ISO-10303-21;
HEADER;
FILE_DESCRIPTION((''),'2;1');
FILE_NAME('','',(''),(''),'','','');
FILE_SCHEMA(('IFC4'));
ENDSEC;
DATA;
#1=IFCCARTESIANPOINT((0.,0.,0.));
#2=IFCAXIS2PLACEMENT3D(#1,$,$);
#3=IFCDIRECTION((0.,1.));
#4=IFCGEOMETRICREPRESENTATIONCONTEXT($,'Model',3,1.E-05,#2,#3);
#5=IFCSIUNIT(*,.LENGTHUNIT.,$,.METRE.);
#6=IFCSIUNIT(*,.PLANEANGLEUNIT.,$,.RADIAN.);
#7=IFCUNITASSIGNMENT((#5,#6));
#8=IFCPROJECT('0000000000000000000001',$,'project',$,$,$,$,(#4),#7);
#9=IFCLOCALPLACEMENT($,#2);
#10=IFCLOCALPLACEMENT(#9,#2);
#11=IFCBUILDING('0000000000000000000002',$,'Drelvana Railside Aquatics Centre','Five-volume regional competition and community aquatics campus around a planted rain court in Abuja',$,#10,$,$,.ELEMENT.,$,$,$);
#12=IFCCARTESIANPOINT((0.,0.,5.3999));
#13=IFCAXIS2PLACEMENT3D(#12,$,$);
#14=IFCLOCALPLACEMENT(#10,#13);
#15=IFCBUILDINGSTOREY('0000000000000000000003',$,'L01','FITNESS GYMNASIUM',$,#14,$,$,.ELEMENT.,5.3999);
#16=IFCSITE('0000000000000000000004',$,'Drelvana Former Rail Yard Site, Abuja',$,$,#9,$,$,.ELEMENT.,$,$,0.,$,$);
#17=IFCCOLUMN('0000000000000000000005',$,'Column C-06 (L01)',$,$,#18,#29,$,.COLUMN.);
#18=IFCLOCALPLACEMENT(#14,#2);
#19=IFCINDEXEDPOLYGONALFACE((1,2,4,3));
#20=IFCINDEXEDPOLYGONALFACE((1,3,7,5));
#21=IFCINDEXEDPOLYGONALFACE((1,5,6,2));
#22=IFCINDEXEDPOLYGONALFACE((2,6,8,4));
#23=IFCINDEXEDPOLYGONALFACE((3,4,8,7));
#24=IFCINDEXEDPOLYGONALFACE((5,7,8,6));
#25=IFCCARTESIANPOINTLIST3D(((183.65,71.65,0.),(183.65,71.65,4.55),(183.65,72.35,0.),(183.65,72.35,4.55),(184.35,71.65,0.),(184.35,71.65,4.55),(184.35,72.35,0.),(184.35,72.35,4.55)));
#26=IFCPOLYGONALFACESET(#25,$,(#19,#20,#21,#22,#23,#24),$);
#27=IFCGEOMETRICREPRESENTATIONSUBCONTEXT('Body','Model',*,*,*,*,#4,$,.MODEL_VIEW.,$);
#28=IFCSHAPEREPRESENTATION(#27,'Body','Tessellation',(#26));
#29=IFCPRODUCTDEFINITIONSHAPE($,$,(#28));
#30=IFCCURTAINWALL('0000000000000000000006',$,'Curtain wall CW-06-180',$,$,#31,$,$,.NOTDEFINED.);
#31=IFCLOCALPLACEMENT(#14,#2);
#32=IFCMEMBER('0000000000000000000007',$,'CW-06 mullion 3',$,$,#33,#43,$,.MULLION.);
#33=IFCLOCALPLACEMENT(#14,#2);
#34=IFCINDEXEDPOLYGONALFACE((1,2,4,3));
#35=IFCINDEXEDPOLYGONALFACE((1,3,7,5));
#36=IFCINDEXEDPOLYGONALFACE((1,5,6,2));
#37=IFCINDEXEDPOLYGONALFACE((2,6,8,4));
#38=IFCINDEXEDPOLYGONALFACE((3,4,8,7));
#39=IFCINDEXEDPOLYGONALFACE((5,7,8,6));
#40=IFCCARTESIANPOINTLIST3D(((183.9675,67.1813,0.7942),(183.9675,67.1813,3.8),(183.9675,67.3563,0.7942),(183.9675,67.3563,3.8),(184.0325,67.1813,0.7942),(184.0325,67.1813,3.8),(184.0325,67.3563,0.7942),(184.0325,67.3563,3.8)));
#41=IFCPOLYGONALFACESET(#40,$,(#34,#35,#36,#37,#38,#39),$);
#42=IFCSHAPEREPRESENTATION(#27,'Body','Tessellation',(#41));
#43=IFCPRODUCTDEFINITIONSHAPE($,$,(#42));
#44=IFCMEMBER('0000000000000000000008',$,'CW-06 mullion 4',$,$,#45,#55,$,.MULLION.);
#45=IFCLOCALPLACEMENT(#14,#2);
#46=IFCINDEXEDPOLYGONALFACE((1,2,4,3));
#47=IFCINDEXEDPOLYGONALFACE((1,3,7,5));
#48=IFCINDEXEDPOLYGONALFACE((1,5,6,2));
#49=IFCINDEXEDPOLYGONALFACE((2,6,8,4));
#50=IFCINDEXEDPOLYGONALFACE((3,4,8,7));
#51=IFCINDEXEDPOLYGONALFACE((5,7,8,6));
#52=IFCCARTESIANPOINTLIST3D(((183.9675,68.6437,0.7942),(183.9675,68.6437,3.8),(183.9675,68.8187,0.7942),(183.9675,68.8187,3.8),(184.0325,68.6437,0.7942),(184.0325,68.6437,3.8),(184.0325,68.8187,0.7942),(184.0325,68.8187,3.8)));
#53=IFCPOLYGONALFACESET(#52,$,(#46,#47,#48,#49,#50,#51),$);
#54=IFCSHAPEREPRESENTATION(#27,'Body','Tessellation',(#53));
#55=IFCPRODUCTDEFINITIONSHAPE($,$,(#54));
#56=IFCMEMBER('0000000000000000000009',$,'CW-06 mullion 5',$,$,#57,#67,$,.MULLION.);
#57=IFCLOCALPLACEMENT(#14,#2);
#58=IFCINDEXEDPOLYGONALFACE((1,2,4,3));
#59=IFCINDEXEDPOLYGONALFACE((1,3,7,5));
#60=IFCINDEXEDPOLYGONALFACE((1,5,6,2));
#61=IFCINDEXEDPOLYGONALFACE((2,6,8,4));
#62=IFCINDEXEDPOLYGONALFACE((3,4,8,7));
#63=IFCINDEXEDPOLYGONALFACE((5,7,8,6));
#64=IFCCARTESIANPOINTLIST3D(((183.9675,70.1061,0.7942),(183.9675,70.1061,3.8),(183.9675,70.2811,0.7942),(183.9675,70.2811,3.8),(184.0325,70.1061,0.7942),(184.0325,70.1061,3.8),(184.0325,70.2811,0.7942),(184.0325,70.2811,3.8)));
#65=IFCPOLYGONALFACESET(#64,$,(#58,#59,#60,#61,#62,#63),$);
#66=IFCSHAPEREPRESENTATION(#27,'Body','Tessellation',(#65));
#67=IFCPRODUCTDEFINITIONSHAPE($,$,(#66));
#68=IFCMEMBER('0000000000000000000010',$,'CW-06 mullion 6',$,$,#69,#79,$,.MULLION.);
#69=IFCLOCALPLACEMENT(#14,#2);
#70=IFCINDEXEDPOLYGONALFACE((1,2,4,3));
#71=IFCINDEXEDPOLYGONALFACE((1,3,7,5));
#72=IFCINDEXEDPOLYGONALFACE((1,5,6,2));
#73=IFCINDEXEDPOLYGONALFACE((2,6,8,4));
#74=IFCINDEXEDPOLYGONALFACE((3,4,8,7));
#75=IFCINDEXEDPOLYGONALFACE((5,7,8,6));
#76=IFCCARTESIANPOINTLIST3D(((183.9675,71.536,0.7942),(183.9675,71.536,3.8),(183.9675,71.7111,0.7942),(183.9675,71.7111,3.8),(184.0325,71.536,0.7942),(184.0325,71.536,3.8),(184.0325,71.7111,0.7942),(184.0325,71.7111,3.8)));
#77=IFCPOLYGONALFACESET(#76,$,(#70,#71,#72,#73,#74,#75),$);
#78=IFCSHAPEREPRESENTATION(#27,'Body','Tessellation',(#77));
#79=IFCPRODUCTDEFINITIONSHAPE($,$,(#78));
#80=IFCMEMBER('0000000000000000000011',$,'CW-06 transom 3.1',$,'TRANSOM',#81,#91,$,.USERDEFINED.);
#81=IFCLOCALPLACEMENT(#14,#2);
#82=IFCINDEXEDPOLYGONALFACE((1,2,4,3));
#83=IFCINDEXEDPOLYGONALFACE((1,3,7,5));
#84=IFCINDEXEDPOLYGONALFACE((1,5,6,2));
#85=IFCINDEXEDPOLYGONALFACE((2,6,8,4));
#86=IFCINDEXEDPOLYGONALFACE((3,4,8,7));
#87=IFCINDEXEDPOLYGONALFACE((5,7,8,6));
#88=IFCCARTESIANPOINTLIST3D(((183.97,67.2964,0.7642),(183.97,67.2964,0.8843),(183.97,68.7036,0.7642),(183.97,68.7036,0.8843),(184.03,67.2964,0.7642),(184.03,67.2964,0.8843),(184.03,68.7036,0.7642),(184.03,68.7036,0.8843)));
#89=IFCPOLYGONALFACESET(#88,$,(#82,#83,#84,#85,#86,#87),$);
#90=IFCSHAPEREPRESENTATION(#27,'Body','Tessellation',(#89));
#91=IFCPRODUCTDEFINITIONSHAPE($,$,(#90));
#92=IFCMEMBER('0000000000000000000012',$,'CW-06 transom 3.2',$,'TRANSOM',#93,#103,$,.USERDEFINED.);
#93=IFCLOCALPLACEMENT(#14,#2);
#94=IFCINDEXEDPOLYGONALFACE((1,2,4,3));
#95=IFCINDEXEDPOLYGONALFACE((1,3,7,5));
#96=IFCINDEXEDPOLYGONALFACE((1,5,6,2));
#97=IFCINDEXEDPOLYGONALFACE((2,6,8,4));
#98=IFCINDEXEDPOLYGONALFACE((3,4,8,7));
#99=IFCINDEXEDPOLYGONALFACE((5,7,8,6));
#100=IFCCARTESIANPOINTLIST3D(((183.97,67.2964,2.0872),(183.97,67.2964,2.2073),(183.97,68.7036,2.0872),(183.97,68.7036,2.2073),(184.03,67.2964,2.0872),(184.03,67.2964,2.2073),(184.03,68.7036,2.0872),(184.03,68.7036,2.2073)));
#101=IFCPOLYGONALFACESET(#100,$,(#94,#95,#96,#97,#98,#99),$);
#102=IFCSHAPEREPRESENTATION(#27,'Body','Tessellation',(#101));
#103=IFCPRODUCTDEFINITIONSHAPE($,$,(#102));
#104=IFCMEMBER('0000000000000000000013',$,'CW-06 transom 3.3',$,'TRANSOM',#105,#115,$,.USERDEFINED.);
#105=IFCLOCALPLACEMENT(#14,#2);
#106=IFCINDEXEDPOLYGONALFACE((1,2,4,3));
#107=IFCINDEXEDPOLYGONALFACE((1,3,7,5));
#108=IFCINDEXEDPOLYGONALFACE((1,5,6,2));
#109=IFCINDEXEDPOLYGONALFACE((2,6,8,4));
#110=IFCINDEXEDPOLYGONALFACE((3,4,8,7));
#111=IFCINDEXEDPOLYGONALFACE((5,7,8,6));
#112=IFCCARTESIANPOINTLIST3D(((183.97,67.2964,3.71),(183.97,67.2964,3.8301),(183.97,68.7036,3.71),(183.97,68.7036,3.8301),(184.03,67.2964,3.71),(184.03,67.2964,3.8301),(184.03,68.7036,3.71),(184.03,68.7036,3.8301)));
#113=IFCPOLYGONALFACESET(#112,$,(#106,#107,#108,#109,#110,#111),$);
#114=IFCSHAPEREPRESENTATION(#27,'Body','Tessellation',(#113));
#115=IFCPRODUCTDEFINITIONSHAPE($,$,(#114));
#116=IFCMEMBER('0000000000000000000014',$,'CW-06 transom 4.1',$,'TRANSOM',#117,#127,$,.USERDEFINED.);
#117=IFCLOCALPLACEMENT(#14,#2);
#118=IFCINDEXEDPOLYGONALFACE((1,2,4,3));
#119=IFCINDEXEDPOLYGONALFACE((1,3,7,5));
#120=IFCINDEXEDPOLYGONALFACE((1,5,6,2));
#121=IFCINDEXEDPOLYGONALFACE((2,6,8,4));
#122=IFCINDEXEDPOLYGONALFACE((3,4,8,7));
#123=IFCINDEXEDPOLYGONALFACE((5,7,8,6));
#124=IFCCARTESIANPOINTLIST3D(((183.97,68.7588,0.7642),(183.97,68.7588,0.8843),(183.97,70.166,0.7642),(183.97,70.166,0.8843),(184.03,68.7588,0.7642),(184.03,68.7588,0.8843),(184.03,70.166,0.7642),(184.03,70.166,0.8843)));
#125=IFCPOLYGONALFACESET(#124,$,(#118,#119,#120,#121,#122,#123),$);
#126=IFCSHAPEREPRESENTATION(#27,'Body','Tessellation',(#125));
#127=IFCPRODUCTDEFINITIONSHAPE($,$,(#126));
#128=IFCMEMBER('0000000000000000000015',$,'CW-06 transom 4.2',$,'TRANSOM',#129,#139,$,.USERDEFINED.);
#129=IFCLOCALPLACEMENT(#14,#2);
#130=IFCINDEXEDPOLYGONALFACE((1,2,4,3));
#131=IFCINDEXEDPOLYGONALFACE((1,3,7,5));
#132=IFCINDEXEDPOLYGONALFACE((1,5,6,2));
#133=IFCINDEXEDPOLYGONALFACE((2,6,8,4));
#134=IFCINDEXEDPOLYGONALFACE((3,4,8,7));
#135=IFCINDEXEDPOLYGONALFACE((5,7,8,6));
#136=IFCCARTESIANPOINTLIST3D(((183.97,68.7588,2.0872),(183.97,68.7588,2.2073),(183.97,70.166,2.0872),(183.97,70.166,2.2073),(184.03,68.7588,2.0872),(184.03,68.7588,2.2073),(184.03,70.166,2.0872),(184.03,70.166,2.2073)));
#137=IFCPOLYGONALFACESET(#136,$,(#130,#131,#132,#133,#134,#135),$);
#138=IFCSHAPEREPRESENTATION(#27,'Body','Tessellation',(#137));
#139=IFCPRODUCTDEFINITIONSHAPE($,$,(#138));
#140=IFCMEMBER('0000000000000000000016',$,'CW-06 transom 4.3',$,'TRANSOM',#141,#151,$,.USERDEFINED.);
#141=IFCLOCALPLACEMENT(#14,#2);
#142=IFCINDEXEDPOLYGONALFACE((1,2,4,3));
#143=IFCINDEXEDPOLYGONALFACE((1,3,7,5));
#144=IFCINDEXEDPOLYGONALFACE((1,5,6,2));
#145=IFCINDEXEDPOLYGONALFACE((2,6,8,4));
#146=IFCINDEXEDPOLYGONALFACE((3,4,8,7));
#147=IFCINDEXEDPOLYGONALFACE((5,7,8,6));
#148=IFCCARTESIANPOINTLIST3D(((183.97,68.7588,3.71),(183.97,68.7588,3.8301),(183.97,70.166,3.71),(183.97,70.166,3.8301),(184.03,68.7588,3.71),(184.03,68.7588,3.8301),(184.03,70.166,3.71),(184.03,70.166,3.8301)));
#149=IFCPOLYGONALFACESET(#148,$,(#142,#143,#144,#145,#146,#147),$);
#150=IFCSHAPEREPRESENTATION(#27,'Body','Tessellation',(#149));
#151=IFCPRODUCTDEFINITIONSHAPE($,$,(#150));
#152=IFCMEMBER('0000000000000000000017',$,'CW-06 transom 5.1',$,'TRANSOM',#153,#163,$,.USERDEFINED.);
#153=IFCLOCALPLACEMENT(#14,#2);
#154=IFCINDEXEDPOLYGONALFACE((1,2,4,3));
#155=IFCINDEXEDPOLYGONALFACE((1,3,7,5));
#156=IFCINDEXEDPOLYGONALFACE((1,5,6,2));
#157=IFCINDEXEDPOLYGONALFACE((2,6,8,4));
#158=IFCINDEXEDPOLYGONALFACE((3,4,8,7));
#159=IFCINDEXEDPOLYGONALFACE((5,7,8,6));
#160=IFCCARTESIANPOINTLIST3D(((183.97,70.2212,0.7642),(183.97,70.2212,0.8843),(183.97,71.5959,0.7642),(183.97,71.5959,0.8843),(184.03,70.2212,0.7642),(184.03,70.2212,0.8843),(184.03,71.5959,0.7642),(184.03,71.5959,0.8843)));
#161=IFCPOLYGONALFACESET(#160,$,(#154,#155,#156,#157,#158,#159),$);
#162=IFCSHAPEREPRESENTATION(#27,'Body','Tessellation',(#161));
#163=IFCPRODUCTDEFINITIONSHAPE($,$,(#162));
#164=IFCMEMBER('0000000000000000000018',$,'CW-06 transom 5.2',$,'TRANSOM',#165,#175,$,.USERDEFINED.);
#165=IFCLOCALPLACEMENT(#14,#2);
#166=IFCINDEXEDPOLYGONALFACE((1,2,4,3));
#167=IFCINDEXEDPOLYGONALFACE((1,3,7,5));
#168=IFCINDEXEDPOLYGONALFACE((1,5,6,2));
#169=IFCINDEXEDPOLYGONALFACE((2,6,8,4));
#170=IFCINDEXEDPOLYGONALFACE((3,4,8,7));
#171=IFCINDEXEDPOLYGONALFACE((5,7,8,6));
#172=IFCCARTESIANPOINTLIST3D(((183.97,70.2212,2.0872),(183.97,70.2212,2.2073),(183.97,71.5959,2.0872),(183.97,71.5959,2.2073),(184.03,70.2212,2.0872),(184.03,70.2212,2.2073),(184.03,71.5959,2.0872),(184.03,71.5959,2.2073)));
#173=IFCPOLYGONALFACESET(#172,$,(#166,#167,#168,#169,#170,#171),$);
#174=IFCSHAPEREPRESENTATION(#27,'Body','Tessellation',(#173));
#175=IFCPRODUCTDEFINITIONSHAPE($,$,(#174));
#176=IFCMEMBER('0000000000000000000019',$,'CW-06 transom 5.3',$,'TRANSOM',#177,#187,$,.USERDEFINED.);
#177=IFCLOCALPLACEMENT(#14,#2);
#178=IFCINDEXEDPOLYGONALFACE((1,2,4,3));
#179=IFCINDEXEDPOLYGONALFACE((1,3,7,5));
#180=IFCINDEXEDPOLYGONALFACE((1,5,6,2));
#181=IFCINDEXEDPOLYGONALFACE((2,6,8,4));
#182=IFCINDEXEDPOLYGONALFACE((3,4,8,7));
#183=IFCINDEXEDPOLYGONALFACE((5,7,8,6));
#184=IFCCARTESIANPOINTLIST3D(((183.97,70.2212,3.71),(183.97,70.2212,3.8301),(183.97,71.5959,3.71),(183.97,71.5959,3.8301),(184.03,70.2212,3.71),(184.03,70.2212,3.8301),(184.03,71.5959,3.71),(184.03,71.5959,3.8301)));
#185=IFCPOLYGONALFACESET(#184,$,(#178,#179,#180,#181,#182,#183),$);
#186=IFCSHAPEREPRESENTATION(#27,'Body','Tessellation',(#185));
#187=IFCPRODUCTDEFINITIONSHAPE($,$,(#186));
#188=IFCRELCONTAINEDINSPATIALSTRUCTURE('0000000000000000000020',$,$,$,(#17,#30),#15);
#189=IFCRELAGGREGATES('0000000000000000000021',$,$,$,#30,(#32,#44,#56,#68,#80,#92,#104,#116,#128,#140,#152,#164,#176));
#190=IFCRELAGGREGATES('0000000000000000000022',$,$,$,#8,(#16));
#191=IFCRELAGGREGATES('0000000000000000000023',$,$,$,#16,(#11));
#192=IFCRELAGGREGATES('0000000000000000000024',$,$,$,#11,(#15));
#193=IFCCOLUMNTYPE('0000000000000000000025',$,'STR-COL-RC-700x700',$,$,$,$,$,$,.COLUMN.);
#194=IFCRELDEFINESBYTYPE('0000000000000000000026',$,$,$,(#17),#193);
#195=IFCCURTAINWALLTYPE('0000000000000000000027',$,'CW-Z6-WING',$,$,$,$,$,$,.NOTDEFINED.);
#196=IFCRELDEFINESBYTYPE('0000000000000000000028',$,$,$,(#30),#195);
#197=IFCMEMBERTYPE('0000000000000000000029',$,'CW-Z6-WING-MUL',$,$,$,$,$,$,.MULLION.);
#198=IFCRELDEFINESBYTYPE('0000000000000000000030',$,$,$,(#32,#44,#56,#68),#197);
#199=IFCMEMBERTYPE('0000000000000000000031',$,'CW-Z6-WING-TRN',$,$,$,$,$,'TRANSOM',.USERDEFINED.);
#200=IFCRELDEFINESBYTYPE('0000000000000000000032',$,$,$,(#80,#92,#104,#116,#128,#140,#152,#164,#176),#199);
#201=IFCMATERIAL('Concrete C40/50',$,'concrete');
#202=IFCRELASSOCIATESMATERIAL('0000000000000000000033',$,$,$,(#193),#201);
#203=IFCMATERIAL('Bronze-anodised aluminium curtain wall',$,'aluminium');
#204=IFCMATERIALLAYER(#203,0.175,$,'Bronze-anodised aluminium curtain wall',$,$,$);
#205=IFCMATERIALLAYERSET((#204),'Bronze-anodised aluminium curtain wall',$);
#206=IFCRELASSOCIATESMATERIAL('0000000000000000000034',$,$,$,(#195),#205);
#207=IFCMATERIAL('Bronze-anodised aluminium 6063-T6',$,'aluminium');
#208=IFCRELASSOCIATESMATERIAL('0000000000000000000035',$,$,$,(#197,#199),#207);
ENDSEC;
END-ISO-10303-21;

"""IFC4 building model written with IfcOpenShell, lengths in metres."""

from ifc_helpers import new_model, si_unit, direction, frame, origin, origin_2d, place, context, subcontext, project, spatial, rectangle, extrude, material, layer, layer_set, material_profile, profile_set, type_object, element, aggregate, save


model = new_model("IFC4")

# Units and contexts
model_context = context("Model", 3, precision=1e-05, world=origin(), true_north=direction((0.0, 1.0)))
body_context = subcontext(model_context, "Body", "Model", "MODEL_VIEW")
ifc_project = project(units=[si_unit("LENGTHUNIT", "METRE"), si_unit("PLANEANGLEUNIT", "RADIAN")], contexts=[model_context])

# Site, building, storey
site_placement = place(None, origin())
site = spatial("IfcSite", under=ifc_project, at=site_placement, Name="Drelvana Former Rail Yard Site, Abuja", CompositionType="ELEMENT", RefElevation=0.0)
building_placement = place(site_placement, origin())
building = spatial("IfcBuilding", under=site, at=building_placement, Name="Drelvana Railside Aquatics Centre", Description="Five-volume regional competition and community aquatics campus around a planted rain court in Abuja", CompositionType="ELEMENT")
storey_placement = place(building_placement, frame((0.0, 0.0, 5.3999)))
storey = spatial("IfcBuildingStorey", under=building, at=storey_placement, Name="L01", Description="FITNESS GYMNASIUM", CompositionType="ELEMENT", Elevation=5.3999)

# Column
ifc_material_1 = material(Name="Concrete C40/50", Category="concrete")
ifc_material_profile_1 = material_profile(ifc_material_1, rectangle(XDim=0.7, YDim=0.7, at=origin_2d()), Name="RC 700x700")
ifc_profile_set_1 = profile_set([ifc_material_profile_1], Name="Concrete C40/50")
column_type = type_object("IfcColumnType", Name="STR-COL-RC-700x700", PredefinedType="COLUMN", material=ifc_profile_set_1)
column_placement = place(storey_placement, frame((184.0, 72.0, 0.0), z_axis=(0.0, 0.0, 1.0), x_axis=(1.0, 0.0, 0.0)))
element("IfcColumn", 1, at=column_placement, inside=storey, type_object=column_type, Name="Column C-06 (L01)", PredefinedType="COLUMN", context=body_context, shape_type="SweptSolid", body=[
    extrude(rectangle(XDim=0.7, YDim=0.7, at=origin_2d()), origin(), (0.0, 0.0, 1.0), 4.55),
])

# Curtain wall, members
ifc_material_2 = material(Name="Bronze-anodised aluminium curtain wall", Category="aluminium")
ifc_layer_1 = layer(ifc_material_2, 0.175, Name="Bronze-anodised aluminium curtain wall")
ifc_layer_set_1 = layer_set([ifc_layer_1], Name="Bronze-anodised aluminium curtain wall")
curtain_wall_type = type_object("IfcCurtainWallType", Name="CW-Z6-WING", PredefinedType="NOTDEFINED", material=ifc_layer_set_1)
curtain_wall_placement = place(storey_placement, origin())
curtain_wall = element("IfcCurtainWall", 2, at=curtain_wall_placement, inside=storey, type_object=curtain_wall_type, Name="Curtain wall CW-06-180", PredefinedType="NOTDEFINED")
ifc_material_3 = material(Name="Bronze-anodised aluminium 6063-T6", Category="aluminium")
ifc_material_profile_2 = material_profile(ifc_material_3, rectangle(XDim=0.0649, YDim=0.175, at=origin_2d()), Name="ALU-M 65x175")
ifc_profile_set_2 = profile_set([ifc_material_profile_2], Name="Bronze-anodised aluminium 6063-T6")
member_type_1 = type_object("IfcMemberType", Name="CW-Z6-WING-MUL", PredefinedType="MULLION", material=ifc_profile_set_2)
member_1_placement = place(storey_placement, frame((184.0, 67.2688, 0.7942), z_axis=(0.0, 0.0, 1.0), x_axis=(-1.0, 0.0, 0.0)))
member_1 = element("IfcMember", 3, at=member_1_placement, type_object=member_type_1, Name="CW-06 mullion 3", PredefinedType="MULLION", context=body_context, shape_type="SweptSolid", body=[
    extrude(rectangle(XDim=0.0649, YDim=0.175, at=origin_2d()), origin(), (0.0, 0.0, 1.0), 3.0059),
])
member_2_placement = place(storey_placement, frame((184.0, 68.7312, 0.7942), z_axis=(0.0, 0.0, 1.0), x_axis=(-1.0, 0.0, 0.0)))
member_2 = element("IfcMember", 4, at=member_2_placement, type_object=member_type_1, Name="CW-06 mullion 4", PredefinedType="MULLION", context=body_context, shape_type="SweptSolid", body=[
    extrude(rectangle(XDim=0.0649, YDim=0.175, at=origin_2d()), origin(), (0.0, 0.0, 1.0), 3.0059),
])
member_3_placement = place(storey_placement, frame((184.0, 70.1936, 0.7942), z_axis=(0.0, 0.0, 1.0), x_axis=(-1.0, 0.0, 0.0)))
member_3 = element("IfcMember", 5, at=member_3_placement, type_object=member_type_1, Name="CW-06 mullion 5", PredefinedType="MULLION", context=body_context, shape_type="SweptSolid", body=[
    extrude(rectangle(XDim=0.0649, YDim=0.175, at=origin_2d()), origin(), (0.0, 0.0, 1.0), 3.0059),
])
member_4_placement = place(storey_placement, frame((184.0, 71.6235, 0.7942), z_axis=(0.0, 0.0, 1.0), x_axis=(-1.0, 0.0, 0.0)))
member_4 = element("IfcMember", 6, at=member_4_placement, type_object=member_type_1, Name="CW-06 mullion 6", PredefinedType="MULLION", context=body_context, shape_type="SweptSolid", body=[
    extrude(rectangle(XDim=0.0649, YDim=0.175, at=origin_2d()), origin(), (0.0, 0.0, 1.0), 3.0059),
])
ifc_material_profile_3 = material_profile(ifc_material_3, rectangle(XDim=0.1201, YDim=0.0601, at=origin_2d()), Name="ALU-T 60x120")
ifc_profile_set_3 = profile_set([ifc_material_profile_3], Name="Bronze-anodised aluminium 6063-T6")
member_type_2 = type_object("IfcMemberType", Name="CW-Z6-WING-TRN", ElementType="TRANSOM", PredefinedType="USERDEFINED", material=ifc_profile_set_3)
member_5_placement = place(storey_placement, frame((184.0, 67.2964, 0.8242), z_axis=(0.0, 1.0, 0.0), x_axis=(0.0, 0.0, 1.0)))
member_5 = element("IfcMember", 7, at=member_5_placement, type_object=member_type_2, Name="CW-06 transom 3.1", ObjectType="TRANSOM", PredefinedType="USERDEFINED", context=body_context, shape_type="SweptSolid", body=[
    extrude(rectangle(XDim=0.1201, YDim=0.0601, at=origin_2d()), origin(), (0.0, 0.0, 1.0), 1.4072),
])
member_6_placement = place(storey_placement, frame((184.0, 67.2964, 2.1472), z_axis=(0.0, 1.0, 0.0), x_axis=(0.0, 0.0, 1.0)))
member_6 = element("IfcMember", 8, at=member_6_placement, type_object=member_type_2, Name="CW-06 transom 3.2", ObjectType="TRANSOM", PredefinedType="USERDEFINED", context=body_context, shape_type="SweptSolid", body=[
    extrude(rectangle(XDim=0.1201, YDim=0.0601, at=origin_2d()), origin(), (0.0, 0.0, 1.0), 1.4072),
])
member_7_placement = place(storey_placement, frame((184.0, 67.2964, 3.77), z_axis=(0.0, 1.0, 0.0), x_axis=(0.0, 0.0, 1.0)))
member_7 = element("IfcMember", 9, at=member_7_placement, type_object=member_type_2, Name="CW-06 transom 3.3", ObjectType="TRANSOM", PredefinedType="USERDEFINED", context=body_context, shape_type="SweptSolid", body=[
    extrude(rectangle(XDim=0.1201, YDim=0.0601, at=origin_2d()), origin(), (0.0, 0.0, 1.0), 1.4072),
])
member_8_placement = place(storey_placement, frame((184.0, 68.7588, 0.8242), z_axis=(0.0, 1.0, 0.0), x_axis=(0.0, 0.0, 1.0)))
member_8 = element("IfcMember", 10, at=member_8_placement, type_object=member_type_2, Name="CW-06 transom 4.1", ObjectType="TRANSOM", PredefinedType="USERDEFINED", context=body_context, shape_type="SweptSolid", body=[
    extrude(rectangle(XDim=0.1201, YDim=0.0601, at=origin_2d()), origin(), (0.0, 0.0, 1.0), 1.4072),
])
member_9_placement = place(storey_placement, frame((184.0, 68.7588, 2.1472), z_axis=(0.0, 1.0, 0.0), x_axis=(0.0, 0.0, 1.0)))
member_9 = element("IfcMember", 11, at=member_9_placement, type_object=member_type_2, Name="CW-06 transom 4.2", ObjectType="TRANSOM", PredefinedType="USERDEFINED", context=body_context, shape_type="SweptSolid", body=[
    extrude(rectangle(XDim=0.1201, YDim=0.0601, at=origin_2d()), origin(), (0.0, 0.0, 1.0), 1.4072),
])
member_10_placement = place(storey_placement, frame((184.0, 68.7588, 3.77), z_axis=(0.0, 1.0, 0.0), x_axis=(0.0, 0.0, 1.0)))
member_10 = element("IfcMember", 12, at=member_10_placement, type_object=member_type_2, Name="CW-06 transom 4.3", ObjectType="TRANSOM", PredefinedType="USERDEFINED", context=body_context, shape_type="SweptSolid", body=[
    extrude(rectangle(XDim=0.1201, YDim=0.0601, at=origin_2d()), origin(), (0.0, 0.0, 1.0), 1.4072),
])
member_11_placement = place(storey_placement, frame((184.0, 70.2212, 0.8242), z_axis=(0.0, 1.0, 0.0), x_axis=(0.0, 0.0, 1.0)))
member_11 = element("IfcMember", 13, at=member_11_placement, type_object=member_type_2, Name="CW-06 transom 5.1", ObjectType="TRANSOM", PredefinedType="USERDEFINED", context=body_context, shape_type="SweptSolid", body=[
    extrude(rectangle(XDim=0.1201, YDim=0.0601, at=origin_2d()), origin(), (0.0, 0.0, 1.0), 1.3748),
])
member_12_placement = place(storey_placement, frame((184.0, 70.2212, 2.1472), z_axis=(0.0, 1.0, 0.0), x_axis=(0.0, 0.0, 1.0)))
member_12 = element("IfcMember", 14, at=member_12_placement, type_object=member_type_2, Name="CW-06 transom 5.2", ObjectType="TRANSOM", PredefinedType="USERDEFINED", context=body_context, shape_type="SweptSolid", body=[
    extrude(rectangle(XDim=0.1201, YDim=0.0601, at=origin_2d()), origin(), (0.0, 0.0, 1.0), 1.3748),
])
member_13_placement = place(storey_placement, frame((184.0, 70.2212, 3.77), z_axis=(0.0, 1.0, 0.0), x_axis=(0.0, 0.0, 1.0)))
member_13 = element("IfcMember", 15, at=member_13_placement, type_object=member_type_2, Name="CW-06 transom 5.3", ObjectType="TRANSOM", PredefinedType="USERDEFINED", context=body_context, shape_type="SweptSolid", body=[
    extrude(rectangle(XDim=0.1201, YDim=0.0601, at=origin_2d()), origin(), (0.0, 0.0, 1.0), 1.3748),
])
aggregate(curtain_wall, [member_1, member_2, member_3, member_4, member_5, member_6, member_7, member_8, member_9, member_10, member_11, member_12, member_13])

save(model, "model.ifc")
